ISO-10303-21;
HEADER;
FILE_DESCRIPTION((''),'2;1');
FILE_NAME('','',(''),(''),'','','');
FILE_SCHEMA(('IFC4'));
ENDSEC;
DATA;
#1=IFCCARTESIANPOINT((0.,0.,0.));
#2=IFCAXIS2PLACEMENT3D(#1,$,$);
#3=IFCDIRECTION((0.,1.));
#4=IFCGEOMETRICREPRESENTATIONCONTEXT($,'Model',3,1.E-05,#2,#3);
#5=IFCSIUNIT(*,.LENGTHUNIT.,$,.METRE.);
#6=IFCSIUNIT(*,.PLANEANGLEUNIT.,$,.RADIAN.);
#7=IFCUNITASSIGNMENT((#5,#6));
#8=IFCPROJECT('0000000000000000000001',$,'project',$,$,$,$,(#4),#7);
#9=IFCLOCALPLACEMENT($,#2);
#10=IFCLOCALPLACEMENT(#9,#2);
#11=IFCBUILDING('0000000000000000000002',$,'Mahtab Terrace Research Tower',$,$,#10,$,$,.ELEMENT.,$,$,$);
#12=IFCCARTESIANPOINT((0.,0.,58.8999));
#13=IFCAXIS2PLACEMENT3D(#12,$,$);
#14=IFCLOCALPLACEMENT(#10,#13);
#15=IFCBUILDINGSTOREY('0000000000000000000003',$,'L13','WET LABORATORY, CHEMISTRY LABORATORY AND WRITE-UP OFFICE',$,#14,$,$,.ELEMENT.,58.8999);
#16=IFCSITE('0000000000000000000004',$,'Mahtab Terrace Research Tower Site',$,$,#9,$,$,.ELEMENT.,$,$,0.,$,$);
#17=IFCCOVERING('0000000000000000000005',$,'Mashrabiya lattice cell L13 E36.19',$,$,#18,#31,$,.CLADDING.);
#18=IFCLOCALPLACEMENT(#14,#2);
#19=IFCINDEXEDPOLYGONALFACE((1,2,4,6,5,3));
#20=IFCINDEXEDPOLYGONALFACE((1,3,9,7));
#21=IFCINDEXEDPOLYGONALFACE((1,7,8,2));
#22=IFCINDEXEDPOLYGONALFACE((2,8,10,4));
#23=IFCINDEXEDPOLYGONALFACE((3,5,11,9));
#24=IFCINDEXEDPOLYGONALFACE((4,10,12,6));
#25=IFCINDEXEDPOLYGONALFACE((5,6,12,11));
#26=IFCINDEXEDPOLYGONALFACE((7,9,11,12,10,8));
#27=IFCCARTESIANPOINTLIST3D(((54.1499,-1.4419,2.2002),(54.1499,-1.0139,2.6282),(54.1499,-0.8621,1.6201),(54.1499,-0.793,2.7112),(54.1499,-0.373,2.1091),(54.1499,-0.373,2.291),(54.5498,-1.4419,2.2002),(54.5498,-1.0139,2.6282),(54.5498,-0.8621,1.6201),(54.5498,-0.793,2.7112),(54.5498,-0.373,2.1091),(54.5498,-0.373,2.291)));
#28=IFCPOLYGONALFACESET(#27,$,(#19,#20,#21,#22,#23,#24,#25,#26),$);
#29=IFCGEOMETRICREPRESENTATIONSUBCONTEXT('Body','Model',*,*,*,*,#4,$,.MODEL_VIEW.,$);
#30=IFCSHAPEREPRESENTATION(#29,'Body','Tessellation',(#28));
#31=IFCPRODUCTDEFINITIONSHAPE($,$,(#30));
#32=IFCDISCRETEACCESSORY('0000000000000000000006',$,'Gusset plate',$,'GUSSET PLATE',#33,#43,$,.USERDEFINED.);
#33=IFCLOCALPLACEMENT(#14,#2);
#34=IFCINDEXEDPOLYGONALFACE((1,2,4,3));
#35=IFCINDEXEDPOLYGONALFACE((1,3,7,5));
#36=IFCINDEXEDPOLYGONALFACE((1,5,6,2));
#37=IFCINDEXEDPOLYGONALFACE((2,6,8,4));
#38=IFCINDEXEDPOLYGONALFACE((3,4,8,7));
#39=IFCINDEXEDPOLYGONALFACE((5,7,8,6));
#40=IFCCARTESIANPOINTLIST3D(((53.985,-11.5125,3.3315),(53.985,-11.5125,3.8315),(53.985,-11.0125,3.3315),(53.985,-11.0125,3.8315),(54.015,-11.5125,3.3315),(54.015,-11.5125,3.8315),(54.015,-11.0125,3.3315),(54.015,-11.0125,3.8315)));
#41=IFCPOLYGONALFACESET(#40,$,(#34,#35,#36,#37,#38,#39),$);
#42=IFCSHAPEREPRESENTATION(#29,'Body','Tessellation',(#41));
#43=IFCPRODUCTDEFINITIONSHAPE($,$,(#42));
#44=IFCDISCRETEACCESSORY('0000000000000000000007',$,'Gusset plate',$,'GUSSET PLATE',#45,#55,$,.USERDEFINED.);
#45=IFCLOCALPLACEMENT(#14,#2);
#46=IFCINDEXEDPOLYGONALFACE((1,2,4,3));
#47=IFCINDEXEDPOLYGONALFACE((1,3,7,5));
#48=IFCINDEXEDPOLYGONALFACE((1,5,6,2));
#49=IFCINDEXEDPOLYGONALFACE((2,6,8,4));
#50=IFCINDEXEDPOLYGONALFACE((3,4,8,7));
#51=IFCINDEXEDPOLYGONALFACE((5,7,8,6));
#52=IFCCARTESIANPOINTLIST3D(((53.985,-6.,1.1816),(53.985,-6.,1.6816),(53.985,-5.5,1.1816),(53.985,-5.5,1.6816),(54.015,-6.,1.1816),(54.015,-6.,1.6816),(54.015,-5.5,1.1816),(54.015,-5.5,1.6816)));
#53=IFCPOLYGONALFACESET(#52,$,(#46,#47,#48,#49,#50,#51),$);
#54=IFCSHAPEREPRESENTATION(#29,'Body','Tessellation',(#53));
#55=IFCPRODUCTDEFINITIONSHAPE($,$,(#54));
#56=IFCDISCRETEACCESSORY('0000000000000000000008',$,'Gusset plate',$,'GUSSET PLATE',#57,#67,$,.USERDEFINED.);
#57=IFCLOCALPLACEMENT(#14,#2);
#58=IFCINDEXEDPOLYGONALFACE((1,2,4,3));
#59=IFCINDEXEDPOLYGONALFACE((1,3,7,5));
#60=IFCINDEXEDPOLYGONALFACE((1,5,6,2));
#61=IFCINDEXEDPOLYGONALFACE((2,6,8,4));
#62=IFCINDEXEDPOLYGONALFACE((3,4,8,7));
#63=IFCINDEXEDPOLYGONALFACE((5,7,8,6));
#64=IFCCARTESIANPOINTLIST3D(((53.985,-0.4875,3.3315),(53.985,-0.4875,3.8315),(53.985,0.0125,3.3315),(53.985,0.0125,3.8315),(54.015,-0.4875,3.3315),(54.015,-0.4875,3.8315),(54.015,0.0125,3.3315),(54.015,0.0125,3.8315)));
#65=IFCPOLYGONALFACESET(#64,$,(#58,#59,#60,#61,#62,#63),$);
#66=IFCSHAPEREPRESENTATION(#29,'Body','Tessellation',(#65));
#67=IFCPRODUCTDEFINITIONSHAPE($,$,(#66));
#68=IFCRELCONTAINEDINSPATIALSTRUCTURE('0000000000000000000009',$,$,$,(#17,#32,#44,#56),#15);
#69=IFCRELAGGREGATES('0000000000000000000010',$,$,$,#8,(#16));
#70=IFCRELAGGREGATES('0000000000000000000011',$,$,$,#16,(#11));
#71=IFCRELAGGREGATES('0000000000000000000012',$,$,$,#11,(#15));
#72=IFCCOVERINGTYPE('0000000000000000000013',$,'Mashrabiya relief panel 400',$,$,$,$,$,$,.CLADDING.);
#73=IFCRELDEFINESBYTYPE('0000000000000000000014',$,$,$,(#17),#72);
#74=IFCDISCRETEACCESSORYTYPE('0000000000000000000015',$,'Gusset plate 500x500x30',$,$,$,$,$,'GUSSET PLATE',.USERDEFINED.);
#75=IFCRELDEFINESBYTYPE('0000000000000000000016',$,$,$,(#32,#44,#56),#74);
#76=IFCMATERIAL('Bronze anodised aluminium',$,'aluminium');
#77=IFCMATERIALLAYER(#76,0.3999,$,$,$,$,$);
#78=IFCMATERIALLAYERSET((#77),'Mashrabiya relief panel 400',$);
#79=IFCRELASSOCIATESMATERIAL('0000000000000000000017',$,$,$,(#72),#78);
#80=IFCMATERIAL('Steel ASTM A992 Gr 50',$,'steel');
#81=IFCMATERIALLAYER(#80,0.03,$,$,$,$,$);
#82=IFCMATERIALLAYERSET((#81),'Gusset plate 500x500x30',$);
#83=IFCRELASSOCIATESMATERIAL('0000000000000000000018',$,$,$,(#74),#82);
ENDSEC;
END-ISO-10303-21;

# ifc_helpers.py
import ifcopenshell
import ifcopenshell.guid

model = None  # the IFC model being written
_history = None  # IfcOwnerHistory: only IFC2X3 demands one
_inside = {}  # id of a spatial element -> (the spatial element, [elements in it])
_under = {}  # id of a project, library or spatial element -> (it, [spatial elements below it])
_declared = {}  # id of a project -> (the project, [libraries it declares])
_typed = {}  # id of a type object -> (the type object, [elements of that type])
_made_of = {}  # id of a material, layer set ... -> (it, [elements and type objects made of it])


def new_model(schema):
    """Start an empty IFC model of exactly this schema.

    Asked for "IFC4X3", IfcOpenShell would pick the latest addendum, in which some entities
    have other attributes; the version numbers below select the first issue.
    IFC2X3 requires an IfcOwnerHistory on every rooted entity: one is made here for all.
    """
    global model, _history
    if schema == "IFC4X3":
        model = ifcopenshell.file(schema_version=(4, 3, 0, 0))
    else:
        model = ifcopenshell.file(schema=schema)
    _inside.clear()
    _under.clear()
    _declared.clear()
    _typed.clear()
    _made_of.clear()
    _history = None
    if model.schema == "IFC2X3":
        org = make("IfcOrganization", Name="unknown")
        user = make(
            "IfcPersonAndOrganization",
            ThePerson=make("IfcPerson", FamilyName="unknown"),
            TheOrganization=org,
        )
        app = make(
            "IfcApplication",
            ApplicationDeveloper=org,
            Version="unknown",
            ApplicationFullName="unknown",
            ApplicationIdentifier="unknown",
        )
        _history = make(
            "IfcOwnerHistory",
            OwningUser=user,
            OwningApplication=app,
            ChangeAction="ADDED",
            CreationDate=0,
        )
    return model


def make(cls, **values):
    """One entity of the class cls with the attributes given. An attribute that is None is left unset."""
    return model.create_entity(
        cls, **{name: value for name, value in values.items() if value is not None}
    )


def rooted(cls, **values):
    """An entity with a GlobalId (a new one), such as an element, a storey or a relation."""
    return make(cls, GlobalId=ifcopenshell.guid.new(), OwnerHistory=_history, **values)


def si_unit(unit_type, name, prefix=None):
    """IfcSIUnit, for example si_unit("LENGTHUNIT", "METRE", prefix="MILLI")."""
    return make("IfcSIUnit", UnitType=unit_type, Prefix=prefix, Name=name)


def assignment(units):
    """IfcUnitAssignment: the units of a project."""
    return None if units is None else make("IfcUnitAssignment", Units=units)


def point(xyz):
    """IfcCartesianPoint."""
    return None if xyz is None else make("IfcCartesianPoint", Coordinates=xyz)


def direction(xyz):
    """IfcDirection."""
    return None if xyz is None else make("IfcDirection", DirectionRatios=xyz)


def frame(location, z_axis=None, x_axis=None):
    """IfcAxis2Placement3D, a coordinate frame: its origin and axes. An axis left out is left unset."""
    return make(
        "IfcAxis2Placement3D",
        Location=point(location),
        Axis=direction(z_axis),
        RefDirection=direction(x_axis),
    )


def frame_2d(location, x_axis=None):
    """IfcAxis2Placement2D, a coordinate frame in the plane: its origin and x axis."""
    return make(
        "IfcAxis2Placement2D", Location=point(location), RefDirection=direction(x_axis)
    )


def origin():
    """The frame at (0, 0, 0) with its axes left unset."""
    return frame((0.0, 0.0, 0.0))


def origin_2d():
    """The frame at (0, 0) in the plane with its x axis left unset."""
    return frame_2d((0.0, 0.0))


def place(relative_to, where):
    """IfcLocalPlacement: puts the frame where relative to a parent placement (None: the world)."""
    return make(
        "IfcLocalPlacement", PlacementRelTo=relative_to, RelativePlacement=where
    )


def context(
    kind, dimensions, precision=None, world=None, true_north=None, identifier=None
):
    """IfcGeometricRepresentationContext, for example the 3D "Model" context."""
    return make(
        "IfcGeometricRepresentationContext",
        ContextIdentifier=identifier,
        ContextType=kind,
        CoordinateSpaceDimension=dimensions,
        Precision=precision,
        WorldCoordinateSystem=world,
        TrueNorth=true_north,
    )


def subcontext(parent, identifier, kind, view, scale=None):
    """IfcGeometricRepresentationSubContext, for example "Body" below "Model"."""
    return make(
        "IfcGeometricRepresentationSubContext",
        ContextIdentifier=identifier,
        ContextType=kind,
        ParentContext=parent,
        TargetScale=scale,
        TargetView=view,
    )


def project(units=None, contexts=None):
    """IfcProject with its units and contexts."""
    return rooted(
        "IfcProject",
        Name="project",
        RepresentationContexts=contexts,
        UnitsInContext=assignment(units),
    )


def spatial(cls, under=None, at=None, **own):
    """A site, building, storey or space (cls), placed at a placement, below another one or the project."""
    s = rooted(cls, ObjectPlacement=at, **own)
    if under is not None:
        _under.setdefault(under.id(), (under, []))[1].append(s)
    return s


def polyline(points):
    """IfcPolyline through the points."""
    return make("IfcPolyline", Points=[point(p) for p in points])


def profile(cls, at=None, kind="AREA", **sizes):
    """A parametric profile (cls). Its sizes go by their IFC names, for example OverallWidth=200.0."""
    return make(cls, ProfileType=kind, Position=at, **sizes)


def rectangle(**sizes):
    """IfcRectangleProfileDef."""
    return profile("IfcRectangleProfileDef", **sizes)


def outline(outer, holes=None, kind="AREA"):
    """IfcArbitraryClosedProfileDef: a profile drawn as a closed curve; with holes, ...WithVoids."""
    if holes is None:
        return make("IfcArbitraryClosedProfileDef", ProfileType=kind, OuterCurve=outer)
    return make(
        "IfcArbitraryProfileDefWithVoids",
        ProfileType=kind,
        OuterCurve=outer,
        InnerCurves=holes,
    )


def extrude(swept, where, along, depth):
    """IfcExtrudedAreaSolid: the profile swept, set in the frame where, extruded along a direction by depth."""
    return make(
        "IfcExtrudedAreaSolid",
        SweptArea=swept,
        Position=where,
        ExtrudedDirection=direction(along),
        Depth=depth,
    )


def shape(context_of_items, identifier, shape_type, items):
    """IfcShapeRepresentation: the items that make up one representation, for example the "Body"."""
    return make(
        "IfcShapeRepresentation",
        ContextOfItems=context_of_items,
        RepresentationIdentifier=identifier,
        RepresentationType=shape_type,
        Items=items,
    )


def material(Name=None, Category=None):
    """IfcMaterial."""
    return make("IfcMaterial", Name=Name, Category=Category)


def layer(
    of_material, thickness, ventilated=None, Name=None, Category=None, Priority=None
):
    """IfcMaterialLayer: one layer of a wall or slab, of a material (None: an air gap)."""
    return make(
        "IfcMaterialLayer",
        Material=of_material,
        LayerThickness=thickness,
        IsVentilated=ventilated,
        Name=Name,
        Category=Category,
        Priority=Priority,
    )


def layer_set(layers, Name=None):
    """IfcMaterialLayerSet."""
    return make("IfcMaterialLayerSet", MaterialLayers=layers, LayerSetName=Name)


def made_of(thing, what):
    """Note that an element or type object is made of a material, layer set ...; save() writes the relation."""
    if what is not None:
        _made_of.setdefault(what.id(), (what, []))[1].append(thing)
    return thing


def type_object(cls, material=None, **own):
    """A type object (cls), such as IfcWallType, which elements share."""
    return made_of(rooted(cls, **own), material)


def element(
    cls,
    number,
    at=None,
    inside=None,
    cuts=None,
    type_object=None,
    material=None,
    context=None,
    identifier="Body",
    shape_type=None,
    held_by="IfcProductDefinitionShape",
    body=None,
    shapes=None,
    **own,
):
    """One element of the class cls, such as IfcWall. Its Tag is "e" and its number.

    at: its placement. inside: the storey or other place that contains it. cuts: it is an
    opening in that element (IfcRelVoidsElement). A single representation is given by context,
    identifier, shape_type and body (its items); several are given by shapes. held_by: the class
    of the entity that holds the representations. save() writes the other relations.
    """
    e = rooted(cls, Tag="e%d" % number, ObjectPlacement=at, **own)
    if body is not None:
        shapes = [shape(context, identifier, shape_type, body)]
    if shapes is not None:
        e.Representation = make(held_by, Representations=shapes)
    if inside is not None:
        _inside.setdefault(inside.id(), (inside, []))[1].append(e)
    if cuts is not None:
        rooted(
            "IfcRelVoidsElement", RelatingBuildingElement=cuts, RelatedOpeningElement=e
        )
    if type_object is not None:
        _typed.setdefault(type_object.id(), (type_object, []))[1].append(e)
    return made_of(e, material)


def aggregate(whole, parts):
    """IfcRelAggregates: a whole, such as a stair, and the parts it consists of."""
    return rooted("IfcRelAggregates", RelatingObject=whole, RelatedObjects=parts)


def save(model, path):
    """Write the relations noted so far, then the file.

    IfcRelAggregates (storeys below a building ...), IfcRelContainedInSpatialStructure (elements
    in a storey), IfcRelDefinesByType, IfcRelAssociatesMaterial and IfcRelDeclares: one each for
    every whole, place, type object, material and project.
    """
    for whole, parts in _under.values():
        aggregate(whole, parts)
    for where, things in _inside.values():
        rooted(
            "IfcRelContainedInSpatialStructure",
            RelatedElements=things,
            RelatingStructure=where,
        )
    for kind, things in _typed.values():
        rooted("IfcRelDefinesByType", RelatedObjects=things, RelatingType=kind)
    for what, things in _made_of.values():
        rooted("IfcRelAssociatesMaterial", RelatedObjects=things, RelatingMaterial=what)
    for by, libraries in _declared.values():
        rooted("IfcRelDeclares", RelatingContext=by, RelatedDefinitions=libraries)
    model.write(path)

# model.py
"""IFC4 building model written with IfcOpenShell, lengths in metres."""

from ifc_helpers import new_model, si_unit, direction, frame, origin, origin_2d, place, context, subcontext, project, spatial, polyline, rectangle, outline, extrude, material, layer, layer_set, type_object, element, save


model = new_model("IFC4")

# Units and contexts
model_context = context("Model", 3, precision=1e-05, world=origin(), true_north=direction((0.0, 1.0)))
body_context = subcontext(model_context, "Body", "Model", "MODEL_VIEW")
ifc_project = project(units=[si_unit("LENGTHUNIT", "METRE"), si_unit("PLANEANGLEUNIT", "RADIAN")], contexts=[model_context])

# Site, building, storey
site_placement = place(None, origin())
site = spatial("IfcSite", under=ifc_project, at=site_placement, Name="Mahtab Terrace Research Tower Site", CompositionType="ELEMENT", RefElevation=0.0)
building_placement = place(site_placement, origin())
building = spatial("IfcBuilding", under=site, at=building_placement, Name="Mahtab Terrace Research Tower", CompositionType="ELEMENT")
storey_placement = place(building_placement, frame((0.0, 0.0, 58.8999)))
storey = spatial("IfcBuildingStorey", under=building, at=storey_placement, Name="L13", Description="WET LABORATORY, CHEMISTRY LABORATORY AND WRITE-UP OFFICE", CompositionType="ELEMENT", Elevation=58.8999)

# Shared definitions
ifc_material_1 = material(Name="Steel ASTM A992 Gr 50", Category="steel")

# Covering
ifc_material_2 = material(Name="Bronze anodised aluminium", Category="aluminium")
ifc_layer_1 = layer(ifc_material_2, 0.3999)
ifc_layer_set_1 = layer_set([ifc_layer_1], Name="Mashrabiya relief panel 400")
covering_type = type_object("IfcCoveringType", Name="Mashrabiya relief panel 400", PredefinedType="CLADDING", material=ifc_layer_set_1)
covering_1_placement = place(storey_placement, frame((54.1499, -0.8621, 1.6201), z_axis=(-1.0, 0.0, 0.0), x_axis=(0.0, -0.706958, 0.707256)))
element("IfcCovering", 1, at=covering_1_placement, inside=storey, type_object=covering_type, Name="Mashrabiya lattice cell L13 E36.19", PredefinedType="CLADDING", context=body_context, shape_type="SweptSolid", body=[
    extrude(outline(polyline([(0.0, 0.0), (0.8202, 0.0), (0.8203, 0.6053), (0.7228, 0.8202), (0.1288, 0.8202), (0.0001, 0.6916), (0.0, 0.0)])), origin(), (0.0, 0.0, -1.0), 0.3999),
])

# Discrete accessories
ifc_layer_2 = layer(ifc_material_1, 0.03)
ifc_layer_set_2 = layer_set([ifc_layer_2], Name="Gusset plate 500x500x30")
discrete_accessory_type = type_object("IfcDiscreteAccessoryType", Name="Gusset plate 500x500x30", ElementType="GUSSET PLATE", PredefinedType="USERDEFINED", material=ifc_layer_set_2)
for number, where, z_axis, x_axis, name in (
    (2, (54.0, -11.2625, 3.3315), (0.0, 0.0, 1.0), (0.0, 1.0, 0.0), "Gusset plate"),
    (3, (54.0, -5.75, 1.1816), (0.0, 0.0, 1.0), (0.0, 1.0, 0.0), "Gusset plate"),
    (4, (54.0, -0.2375, 3.3315), (0.0, 0.0, 1.0), (0.0, 1.0, 0.0), "Gusset plate"),
):
    element("IfcDiscreteAccessory", number, at=place(storey_placement, frame(where, z_axis=z_axis, x_axis=x_axis)), inside=storey, type_object=discrete_accessory_type, Name=name, ObjectType="GUSSET PLATE", PredefinedType="USERDEFINED", context=body_context, shape_type="SweptSolid", body=[
        extrude(rectangle(XDim=0.5, YDim=0.03, at=origin_2d()), origin(), (0.0, 0.0, 1.0), 0.5),
    ])

save(model, "model.ifc")
